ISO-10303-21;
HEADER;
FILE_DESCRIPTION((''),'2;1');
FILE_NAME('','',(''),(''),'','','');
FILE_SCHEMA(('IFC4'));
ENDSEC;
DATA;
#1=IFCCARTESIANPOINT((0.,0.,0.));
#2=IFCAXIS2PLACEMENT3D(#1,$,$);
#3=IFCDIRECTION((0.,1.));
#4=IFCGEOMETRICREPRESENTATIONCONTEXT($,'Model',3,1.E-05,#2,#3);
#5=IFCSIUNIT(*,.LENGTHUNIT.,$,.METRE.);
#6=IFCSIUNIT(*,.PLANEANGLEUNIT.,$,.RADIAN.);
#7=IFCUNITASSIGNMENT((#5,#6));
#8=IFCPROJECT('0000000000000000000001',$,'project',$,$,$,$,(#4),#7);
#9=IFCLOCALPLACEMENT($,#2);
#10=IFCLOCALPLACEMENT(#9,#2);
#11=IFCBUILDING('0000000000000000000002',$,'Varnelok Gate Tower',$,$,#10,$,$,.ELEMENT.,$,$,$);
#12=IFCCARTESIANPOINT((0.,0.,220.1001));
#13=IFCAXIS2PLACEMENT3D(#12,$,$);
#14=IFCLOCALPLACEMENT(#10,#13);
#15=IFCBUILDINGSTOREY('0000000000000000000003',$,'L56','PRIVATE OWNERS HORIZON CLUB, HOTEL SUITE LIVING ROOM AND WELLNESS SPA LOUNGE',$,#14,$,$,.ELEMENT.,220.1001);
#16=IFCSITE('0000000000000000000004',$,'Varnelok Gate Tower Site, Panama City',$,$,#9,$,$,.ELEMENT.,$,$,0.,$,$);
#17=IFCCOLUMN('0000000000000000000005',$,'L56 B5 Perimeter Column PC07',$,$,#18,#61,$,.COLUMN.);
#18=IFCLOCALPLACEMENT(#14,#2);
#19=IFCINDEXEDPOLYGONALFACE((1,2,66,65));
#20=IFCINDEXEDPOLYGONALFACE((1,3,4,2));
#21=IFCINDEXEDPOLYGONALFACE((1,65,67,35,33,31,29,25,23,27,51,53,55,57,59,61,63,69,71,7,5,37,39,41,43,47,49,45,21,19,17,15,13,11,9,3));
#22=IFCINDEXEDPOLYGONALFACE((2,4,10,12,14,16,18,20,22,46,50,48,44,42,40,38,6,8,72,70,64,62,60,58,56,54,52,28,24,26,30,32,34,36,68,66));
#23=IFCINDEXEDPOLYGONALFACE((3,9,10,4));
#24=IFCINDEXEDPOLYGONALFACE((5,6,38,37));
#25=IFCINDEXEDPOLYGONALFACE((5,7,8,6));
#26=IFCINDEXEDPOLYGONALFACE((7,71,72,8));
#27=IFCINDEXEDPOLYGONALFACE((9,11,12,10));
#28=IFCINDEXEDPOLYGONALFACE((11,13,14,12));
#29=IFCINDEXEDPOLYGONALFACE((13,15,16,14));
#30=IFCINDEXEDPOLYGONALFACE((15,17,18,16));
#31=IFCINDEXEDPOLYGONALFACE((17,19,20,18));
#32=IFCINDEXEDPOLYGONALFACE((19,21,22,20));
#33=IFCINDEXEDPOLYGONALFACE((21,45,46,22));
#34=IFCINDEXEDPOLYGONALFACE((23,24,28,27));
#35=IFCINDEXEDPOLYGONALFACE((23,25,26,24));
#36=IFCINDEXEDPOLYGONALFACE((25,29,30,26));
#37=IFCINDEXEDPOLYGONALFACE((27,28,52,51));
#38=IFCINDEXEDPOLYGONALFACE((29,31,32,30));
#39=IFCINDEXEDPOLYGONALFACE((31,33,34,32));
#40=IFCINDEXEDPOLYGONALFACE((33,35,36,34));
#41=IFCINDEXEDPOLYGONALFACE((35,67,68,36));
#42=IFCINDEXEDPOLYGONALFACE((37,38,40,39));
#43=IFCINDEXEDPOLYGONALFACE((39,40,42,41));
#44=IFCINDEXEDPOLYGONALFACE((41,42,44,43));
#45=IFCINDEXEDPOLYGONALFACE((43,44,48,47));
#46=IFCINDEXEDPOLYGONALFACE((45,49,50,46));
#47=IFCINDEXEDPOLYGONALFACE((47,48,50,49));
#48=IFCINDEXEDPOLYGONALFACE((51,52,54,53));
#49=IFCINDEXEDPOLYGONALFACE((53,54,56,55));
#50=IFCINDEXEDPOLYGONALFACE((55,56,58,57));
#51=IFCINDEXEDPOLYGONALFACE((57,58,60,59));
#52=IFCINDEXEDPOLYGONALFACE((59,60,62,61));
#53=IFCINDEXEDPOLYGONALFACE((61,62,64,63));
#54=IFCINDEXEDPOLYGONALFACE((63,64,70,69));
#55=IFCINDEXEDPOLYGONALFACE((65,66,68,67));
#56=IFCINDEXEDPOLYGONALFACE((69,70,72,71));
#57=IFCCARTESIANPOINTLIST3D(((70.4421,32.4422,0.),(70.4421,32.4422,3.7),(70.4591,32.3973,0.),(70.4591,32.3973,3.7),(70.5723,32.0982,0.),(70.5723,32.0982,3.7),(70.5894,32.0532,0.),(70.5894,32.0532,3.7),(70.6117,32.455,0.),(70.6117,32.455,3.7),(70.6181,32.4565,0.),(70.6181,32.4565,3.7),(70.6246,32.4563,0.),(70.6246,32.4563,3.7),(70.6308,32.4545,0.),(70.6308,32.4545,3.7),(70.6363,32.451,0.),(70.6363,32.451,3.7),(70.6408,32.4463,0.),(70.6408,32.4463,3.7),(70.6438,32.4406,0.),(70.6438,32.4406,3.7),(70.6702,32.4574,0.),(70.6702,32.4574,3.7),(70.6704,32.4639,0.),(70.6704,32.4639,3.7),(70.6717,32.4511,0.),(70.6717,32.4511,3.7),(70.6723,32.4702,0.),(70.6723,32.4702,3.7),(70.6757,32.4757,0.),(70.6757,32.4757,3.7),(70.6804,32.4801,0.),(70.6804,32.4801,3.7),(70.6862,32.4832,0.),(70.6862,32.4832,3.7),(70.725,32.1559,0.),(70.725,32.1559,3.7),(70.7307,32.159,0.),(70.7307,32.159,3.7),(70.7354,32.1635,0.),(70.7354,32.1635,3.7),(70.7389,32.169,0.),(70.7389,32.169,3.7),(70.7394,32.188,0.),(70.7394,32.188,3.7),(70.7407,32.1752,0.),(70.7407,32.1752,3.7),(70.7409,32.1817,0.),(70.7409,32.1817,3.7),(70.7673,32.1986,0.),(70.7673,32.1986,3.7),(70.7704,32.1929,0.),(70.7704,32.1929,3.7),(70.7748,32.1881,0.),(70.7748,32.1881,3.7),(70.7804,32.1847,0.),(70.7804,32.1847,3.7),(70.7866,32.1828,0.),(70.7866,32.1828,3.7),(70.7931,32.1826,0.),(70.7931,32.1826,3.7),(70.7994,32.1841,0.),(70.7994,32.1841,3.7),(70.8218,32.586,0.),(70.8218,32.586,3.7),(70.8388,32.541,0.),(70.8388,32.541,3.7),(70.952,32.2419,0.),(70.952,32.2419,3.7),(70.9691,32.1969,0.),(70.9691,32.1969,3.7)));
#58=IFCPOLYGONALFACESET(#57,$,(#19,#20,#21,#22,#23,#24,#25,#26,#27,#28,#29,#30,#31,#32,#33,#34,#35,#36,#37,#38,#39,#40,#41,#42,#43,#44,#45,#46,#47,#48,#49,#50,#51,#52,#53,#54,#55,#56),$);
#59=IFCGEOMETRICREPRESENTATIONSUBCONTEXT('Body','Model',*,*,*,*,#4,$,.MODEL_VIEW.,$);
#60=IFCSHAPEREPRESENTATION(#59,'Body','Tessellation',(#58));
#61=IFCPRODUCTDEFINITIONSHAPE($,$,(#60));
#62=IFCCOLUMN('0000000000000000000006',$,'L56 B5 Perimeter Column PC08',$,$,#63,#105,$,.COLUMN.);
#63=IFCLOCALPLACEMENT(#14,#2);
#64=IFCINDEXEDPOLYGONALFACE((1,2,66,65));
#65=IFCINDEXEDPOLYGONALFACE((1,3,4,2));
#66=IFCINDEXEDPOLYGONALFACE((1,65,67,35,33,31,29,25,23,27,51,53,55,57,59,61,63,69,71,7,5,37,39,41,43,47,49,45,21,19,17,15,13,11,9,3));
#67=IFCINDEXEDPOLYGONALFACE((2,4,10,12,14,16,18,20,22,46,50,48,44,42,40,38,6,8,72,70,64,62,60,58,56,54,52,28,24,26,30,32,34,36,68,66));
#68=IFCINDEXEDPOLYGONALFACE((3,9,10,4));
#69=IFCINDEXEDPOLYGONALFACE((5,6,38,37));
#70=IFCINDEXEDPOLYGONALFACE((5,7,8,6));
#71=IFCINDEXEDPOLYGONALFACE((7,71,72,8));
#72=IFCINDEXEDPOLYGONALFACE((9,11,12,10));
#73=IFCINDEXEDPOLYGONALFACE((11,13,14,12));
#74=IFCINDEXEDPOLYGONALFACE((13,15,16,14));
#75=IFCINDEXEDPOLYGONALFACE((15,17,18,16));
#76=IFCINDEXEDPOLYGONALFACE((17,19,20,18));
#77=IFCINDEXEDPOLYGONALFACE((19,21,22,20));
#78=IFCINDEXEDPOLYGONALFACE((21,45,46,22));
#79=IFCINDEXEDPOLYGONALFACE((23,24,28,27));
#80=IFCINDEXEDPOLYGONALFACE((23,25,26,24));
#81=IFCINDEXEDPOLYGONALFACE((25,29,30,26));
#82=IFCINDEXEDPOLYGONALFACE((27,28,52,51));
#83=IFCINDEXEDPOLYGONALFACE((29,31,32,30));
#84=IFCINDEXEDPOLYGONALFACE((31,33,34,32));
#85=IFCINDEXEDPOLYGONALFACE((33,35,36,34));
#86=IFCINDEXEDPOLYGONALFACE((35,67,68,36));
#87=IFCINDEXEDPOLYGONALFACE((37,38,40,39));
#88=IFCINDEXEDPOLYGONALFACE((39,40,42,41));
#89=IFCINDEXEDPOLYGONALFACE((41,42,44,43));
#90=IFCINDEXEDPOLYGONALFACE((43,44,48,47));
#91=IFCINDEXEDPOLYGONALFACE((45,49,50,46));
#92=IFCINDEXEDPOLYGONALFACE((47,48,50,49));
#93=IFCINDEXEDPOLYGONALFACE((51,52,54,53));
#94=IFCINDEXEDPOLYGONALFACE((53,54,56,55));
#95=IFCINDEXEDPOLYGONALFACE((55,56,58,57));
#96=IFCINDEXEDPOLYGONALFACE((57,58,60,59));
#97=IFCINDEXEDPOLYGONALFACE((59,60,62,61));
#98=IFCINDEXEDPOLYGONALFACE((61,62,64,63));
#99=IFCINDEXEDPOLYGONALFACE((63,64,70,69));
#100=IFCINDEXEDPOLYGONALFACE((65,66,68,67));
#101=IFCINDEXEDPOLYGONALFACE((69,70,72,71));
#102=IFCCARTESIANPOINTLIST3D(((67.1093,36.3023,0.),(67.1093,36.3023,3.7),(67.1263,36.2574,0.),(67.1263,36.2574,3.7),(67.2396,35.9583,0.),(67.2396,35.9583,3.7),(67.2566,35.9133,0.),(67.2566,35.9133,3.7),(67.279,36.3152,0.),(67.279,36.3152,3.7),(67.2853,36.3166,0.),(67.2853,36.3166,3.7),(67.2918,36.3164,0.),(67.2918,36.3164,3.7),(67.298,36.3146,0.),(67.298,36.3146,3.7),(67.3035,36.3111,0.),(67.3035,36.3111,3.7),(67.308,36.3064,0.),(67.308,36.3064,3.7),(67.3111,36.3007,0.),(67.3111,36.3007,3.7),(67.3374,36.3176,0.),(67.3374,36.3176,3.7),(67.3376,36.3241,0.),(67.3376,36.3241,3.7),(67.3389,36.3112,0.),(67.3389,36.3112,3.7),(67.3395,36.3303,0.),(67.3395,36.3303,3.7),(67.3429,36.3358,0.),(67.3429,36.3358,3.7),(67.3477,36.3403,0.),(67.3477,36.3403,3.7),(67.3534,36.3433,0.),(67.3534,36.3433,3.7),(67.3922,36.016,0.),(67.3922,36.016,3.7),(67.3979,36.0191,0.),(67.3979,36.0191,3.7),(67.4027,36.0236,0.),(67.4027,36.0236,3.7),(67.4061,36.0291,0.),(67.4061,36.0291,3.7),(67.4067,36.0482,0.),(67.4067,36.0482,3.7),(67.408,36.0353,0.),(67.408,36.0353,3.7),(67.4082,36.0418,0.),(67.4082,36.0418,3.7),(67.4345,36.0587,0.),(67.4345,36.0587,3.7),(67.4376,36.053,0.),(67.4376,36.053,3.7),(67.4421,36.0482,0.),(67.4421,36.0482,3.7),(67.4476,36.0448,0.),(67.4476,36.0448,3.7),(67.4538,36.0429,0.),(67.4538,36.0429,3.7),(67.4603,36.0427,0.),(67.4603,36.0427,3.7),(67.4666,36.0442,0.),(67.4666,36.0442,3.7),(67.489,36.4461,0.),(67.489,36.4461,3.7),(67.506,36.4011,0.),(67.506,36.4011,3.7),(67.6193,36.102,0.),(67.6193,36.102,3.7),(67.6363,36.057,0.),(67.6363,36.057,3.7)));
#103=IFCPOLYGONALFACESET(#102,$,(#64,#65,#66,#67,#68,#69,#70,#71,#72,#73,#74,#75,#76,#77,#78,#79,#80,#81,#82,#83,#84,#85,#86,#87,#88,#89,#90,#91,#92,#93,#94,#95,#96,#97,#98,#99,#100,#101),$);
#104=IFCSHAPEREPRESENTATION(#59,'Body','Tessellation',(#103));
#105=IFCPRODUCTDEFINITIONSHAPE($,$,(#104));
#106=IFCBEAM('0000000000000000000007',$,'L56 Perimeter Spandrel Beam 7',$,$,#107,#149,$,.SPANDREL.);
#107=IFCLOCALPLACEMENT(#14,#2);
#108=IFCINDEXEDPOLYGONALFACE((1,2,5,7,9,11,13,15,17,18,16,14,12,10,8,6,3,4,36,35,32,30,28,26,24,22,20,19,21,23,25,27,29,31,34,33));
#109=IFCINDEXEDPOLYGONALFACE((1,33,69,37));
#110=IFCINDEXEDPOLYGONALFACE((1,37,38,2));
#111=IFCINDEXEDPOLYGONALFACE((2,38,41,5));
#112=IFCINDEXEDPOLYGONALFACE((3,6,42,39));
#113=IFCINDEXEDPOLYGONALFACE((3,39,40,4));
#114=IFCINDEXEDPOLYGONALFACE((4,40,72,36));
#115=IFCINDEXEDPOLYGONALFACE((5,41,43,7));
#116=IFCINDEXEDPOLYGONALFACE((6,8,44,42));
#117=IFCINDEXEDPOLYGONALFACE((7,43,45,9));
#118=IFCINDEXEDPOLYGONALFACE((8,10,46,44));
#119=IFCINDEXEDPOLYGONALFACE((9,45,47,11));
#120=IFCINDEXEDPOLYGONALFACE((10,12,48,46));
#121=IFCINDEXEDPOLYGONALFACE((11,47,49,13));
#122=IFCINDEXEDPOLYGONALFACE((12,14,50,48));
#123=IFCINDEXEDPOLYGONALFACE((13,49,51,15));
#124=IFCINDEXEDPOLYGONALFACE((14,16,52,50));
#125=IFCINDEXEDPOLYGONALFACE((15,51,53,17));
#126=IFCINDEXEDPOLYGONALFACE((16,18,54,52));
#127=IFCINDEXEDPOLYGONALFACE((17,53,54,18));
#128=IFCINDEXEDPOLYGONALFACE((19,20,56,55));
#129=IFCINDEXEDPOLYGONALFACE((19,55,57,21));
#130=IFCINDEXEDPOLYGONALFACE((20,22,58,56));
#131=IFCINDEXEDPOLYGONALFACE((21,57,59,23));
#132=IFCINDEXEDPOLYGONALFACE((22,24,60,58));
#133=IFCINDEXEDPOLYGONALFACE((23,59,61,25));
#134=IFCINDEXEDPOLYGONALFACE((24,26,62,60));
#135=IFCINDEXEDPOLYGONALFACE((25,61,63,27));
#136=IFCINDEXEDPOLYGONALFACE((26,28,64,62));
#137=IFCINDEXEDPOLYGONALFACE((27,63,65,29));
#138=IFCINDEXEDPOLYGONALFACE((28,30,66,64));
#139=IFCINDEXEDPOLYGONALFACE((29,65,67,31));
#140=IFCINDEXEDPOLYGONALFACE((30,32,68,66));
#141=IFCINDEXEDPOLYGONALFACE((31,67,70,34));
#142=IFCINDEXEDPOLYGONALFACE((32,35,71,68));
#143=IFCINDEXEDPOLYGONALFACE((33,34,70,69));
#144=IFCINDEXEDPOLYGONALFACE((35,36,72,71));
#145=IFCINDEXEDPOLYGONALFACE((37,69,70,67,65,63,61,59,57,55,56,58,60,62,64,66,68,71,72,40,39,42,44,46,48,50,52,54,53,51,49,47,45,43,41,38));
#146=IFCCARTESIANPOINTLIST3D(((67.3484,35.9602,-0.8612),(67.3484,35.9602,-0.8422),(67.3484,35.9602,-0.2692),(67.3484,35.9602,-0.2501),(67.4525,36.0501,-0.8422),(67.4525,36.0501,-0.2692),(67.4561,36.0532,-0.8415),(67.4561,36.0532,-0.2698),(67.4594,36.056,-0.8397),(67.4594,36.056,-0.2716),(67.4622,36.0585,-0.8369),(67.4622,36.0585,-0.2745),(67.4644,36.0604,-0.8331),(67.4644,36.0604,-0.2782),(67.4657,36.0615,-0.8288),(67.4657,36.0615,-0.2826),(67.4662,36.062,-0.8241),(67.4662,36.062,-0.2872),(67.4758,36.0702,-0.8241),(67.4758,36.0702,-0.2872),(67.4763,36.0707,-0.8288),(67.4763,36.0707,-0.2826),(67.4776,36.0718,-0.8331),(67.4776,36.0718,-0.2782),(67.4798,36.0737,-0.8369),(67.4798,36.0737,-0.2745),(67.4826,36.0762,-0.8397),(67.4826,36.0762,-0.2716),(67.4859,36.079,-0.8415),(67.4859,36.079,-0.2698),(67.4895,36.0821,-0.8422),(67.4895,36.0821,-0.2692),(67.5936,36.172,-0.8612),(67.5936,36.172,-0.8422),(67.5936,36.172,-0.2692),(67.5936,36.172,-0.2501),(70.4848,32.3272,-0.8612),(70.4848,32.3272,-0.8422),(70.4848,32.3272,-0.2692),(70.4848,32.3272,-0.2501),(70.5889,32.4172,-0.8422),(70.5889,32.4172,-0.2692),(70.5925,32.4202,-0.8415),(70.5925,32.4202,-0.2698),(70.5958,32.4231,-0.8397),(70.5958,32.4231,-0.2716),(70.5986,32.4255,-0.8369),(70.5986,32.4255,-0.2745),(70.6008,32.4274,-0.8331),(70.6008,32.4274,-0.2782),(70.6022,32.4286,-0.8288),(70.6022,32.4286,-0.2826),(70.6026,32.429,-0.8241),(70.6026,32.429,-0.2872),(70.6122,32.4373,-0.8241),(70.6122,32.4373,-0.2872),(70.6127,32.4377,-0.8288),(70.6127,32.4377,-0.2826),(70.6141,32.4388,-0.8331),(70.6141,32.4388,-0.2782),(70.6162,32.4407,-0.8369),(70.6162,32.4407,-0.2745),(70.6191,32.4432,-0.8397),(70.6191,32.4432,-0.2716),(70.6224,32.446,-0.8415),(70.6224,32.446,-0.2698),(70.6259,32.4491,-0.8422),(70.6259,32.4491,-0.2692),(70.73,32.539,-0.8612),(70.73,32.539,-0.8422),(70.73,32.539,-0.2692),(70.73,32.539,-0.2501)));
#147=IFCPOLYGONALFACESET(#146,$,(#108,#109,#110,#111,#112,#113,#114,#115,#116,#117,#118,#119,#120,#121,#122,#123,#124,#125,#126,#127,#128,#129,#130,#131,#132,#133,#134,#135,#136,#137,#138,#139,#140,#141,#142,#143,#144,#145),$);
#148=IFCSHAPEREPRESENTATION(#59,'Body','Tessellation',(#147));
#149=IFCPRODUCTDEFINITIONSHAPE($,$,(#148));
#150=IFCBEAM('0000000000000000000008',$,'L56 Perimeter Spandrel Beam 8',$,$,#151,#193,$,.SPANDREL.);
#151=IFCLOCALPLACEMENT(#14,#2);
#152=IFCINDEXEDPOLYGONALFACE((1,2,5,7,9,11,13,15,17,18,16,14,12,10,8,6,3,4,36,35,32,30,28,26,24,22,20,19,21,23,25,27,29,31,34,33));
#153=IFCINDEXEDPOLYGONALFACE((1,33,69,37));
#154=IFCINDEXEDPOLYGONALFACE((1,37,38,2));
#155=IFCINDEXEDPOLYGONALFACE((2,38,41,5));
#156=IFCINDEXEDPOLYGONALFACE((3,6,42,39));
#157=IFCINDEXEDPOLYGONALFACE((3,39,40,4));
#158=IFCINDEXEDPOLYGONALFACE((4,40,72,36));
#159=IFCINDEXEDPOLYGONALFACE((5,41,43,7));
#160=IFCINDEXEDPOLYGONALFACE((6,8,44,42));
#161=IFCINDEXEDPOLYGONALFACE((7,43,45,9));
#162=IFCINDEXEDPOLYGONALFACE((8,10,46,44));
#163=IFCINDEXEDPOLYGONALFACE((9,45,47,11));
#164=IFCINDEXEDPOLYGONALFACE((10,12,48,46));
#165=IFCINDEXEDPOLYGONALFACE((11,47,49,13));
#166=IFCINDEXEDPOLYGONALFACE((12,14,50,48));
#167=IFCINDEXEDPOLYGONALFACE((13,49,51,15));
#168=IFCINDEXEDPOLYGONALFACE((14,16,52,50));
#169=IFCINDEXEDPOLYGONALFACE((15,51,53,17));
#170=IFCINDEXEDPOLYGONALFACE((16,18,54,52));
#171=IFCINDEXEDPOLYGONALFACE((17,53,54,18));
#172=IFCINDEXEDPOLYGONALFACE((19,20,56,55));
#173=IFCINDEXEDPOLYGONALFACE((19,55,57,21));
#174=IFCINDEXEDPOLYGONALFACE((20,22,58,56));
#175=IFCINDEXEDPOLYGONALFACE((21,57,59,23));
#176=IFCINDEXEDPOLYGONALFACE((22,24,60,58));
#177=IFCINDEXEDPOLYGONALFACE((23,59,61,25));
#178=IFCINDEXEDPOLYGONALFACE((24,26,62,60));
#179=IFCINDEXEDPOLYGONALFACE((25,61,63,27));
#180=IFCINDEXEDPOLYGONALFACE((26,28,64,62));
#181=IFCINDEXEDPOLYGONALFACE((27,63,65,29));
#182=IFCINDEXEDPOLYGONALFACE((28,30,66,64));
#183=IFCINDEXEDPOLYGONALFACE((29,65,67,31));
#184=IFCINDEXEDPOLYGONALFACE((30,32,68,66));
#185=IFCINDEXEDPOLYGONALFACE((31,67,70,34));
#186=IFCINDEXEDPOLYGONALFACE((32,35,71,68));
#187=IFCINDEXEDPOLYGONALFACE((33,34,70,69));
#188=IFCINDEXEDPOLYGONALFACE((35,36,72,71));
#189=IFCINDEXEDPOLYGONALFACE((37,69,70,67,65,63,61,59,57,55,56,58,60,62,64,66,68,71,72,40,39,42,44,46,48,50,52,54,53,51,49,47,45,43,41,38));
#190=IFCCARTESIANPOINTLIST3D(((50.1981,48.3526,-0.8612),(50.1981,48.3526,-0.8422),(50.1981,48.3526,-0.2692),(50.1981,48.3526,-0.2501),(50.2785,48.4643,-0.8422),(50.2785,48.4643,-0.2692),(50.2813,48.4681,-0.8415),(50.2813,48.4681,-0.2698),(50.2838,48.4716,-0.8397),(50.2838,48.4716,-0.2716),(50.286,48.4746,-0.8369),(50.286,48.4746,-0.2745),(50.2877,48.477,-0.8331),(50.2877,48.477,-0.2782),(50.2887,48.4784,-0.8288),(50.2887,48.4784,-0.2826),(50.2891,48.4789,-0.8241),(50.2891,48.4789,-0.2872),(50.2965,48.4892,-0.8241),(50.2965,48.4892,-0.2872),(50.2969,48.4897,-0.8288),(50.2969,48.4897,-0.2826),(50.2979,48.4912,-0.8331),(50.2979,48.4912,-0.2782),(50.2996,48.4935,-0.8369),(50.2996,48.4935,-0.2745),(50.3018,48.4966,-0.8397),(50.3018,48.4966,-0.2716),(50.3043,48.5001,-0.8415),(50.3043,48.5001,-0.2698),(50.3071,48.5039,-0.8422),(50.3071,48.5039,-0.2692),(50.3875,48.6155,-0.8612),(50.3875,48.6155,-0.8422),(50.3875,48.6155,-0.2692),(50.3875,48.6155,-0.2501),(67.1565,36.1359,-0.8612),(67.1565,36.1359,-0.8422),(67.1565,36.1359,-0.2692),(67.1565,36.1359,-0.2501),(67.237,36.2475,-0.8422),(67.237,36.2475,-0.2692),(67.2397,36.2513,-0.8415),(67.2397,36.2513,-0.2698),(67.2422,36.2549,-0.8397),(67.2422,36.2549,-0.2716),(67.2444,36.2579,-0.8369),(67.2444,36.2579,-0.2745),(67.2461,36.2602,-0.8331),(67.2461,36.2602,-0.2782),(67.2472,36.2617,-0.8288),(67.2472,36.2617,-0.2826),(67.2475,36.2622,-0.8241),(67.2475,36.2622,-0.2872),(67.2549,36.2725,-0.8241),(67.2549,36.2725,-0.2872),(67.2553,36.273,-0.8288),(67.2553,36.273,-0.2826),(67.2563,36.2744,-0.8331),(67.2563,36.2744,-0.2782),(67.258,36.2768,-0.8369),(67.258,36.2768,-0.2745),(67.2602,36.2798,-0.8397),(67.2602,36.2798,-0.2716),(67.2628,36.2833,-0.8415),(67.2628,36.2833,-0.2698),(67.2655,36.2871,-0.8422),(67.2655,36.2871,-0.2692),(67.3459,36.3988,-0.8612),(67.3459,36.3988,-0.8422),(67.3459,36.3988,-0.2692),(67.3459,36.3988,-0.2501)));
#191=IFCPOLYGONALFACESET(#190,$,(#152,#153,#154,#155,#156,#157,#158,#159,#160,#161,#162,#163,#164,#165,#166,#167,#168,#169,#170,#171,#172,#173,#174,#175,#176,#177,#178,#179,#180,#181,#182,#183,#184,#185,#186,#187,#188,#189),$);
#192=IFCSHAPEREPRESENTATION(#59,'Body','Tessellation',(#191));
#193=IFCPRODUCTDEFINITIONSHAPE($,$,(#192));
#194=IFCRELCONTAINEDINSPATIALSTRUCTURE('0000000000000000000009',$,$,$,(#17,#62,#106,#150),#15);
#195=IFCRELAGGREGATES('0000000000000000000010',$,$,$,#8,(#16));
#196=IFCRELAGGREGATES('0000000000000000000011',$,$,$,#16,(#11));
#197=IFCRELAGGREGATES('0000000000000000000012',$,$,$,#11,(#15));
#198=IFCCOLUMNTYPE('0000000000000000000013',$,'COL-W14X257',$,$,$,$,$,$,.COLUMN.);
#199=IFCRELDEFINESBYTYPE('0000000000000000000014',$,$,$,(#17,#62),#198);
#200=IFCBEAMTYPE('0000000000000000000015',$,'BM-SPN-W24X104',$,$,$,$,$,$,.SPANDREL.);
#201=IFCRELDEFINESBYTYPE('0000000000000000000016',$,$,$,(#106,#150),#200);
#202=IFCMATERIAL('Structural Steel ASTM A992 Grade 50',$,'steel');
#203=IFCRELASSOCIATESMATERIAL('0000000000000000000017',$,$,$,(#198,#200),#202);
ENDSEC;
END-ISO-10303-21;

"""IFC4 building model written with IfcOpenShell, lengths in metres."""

from ifc_helpers import new_model, si_unit, direction, frame, origin, origin_2d, place, context, subcontext, project, spatial, i_section, extrude, material, material_profile, profile_set, type_object, element, save


model = new_model("IFC4")

# Units and contexts
model_context = context("Model", 3, precision=1e-05, world=origin(), true_north=direction((0.0, 1.0)))
body_context = subcontext(model_context, "Body", "Model", "MODEL_VIEW")
ifc_project = project(units=[si_unit("LENGTHUNIT", "METRE"), si_unit("PLANEANGLEUNIT", "RADIAN")], contexts=[model_context])

# Site, building, storey
site_placement = place(None, origin())
site = spatial("IfcSite", under=ifc_project, at=site_placement, Name="Varnelok Gate Tower Site, Panama City", CompositionType="ELEMENT", RefElevation=0.0)
building_placement = place(site_placement, origin())
building = spatial("IfcBuilding", under=site, at=building_placement, Name="Varnelok Gate Tower", CompositionType="ELEMENT")
storey_placement = place(building_placement, frame((0.0, 0.0, 220.1001)))
storey = spatial("IfcBuildingStorey", under=building, at=storey_placement, Name="L56", Description="PRIVATE OWNERS HORIZON CLUB, HOTEL SUITE LIVING ROOM AND WELLNESS SPA LOUNGE", CompositionType="ELEMENT", Elevation=220.1001)

# Columns
ifc_material_1 = material(Name="Structural Steel ASTM A992 Grade 50", Category="steel")
ifc_material_profile_1 = material_profile(ifc_material_1, i_section(OverallWidth=0.406, OverallDepth=0.416, WebThickness=0.0298, FlangeThickness=0.0481, FilletRadius=0.0249, at=origin_2d()), Name="W14X257")
ifc_profile_set_1 = profile_set([ifc_material_profile_1], Name="Structural Steel ASTM A992 Grade 50")
column_type = type_object("IfcColumnType", Name="COL-W14X257", PredefinedType="COLUMN", material=ifc_profile_set_1)
for number, where, z_axis, x_axis, name in (
    (1, (70.7056, 32.3196, 0.0), (0.0, 0.0, 1.0), (0.935222, 0.354063, 0.0), "L56 B5 Perimeter Column PC07"),
    (2, (67.3728, 36.1797, 0.0), (0.0, 0.0, 1.0), (0.935222, 0.354063, 0.0), "L56 B5 Perimeter Column PC08"),
):
    element("IfcColumn", number, at=place(storey_placement, frame(where, z_axis=z_axis, x_axis=x_axis)), inside=storey, type_object=column_type, Name=name, PredefinedType="COLUMN", context=body_context, shape_type="SweptSolid", body=[
        extrude(i_section(OverallWidth=0.406, OverallDepth=0.416, WebThickness=0.0298, FlangeThickness=0.0481, FilletRadius=0.0249, at=origin_2d()), origin(), (0.0, 0.0, 1.0), 3.7),
    ])

# Beams
ifc_material_profile_2 = material_profile(ifc_material_1, i_section(OverallWidth=0.324, OverallDepth=0.6111, WebThickness=0.0127, FlangeThickness=0.019, FilletRadius=0.0181, at=origin_2d()), Name="W24X104")
ifc_profile_set_2 = profile_set([ifc_material_profile_2], Name="Structural Steel ASTM A992 Grade 50")
beam_type = type_object("IfcBeamType", Name="BM-SPN-W24X104", PredefinedType="SPANDREL", material=ifc_profile_set_2)
beam_1_placement = place(storey_placement, frame((70.6074, 32.4331, -0.5557), z_axis=(-0.653481, 0.756943, 0.0), x_axis=(-0.756943, -0.653481, 0.0)))
element("IfcBeam", 3, at=beam_1_placement, inside=storey, type_object=beam_type, Name="L56 Perimeter Spandrel Beam 7", PredefinedType="SPANDREL", context=body_context, shape_type="SweptSolid", body=[
    extrude(i_section(OverallWidth=0.324, OverallDepth=0.6111, WebThickness=0.0127, FlangeThickness=0.019, FilletRadius=0.0181, at=origin_2d()), origin(), (0.0, 0.0, 1.0), 4.7996),
])
beam_2_placement = place(storey_placement, frame((67.2512, 36.2673, -0.5557), z_axis=(-0.811383, 0.584515, 0.0), x_axis=(-0.584515, -0.811383, 0.0)))
element("IfcBeam", 4, at=beam_2_placement, inside=storey, type_object=beam_type, Name="L56 Perimeter Spandrel Beam 8", PredefinedType="SPANDREL", context=body_context, shape_type="SweptSolid", body=[
    extrude(i_section(OverallWidth=0.324, OverallDepth=0.6111, WebThickness=0.0127, FlangeThickness=0.019, FilletRadius=0.0181, at=origin_2d()), origin(), (0.0, 0.0, 1.0), 20.9006),
])

save(model, "model.ifc")
